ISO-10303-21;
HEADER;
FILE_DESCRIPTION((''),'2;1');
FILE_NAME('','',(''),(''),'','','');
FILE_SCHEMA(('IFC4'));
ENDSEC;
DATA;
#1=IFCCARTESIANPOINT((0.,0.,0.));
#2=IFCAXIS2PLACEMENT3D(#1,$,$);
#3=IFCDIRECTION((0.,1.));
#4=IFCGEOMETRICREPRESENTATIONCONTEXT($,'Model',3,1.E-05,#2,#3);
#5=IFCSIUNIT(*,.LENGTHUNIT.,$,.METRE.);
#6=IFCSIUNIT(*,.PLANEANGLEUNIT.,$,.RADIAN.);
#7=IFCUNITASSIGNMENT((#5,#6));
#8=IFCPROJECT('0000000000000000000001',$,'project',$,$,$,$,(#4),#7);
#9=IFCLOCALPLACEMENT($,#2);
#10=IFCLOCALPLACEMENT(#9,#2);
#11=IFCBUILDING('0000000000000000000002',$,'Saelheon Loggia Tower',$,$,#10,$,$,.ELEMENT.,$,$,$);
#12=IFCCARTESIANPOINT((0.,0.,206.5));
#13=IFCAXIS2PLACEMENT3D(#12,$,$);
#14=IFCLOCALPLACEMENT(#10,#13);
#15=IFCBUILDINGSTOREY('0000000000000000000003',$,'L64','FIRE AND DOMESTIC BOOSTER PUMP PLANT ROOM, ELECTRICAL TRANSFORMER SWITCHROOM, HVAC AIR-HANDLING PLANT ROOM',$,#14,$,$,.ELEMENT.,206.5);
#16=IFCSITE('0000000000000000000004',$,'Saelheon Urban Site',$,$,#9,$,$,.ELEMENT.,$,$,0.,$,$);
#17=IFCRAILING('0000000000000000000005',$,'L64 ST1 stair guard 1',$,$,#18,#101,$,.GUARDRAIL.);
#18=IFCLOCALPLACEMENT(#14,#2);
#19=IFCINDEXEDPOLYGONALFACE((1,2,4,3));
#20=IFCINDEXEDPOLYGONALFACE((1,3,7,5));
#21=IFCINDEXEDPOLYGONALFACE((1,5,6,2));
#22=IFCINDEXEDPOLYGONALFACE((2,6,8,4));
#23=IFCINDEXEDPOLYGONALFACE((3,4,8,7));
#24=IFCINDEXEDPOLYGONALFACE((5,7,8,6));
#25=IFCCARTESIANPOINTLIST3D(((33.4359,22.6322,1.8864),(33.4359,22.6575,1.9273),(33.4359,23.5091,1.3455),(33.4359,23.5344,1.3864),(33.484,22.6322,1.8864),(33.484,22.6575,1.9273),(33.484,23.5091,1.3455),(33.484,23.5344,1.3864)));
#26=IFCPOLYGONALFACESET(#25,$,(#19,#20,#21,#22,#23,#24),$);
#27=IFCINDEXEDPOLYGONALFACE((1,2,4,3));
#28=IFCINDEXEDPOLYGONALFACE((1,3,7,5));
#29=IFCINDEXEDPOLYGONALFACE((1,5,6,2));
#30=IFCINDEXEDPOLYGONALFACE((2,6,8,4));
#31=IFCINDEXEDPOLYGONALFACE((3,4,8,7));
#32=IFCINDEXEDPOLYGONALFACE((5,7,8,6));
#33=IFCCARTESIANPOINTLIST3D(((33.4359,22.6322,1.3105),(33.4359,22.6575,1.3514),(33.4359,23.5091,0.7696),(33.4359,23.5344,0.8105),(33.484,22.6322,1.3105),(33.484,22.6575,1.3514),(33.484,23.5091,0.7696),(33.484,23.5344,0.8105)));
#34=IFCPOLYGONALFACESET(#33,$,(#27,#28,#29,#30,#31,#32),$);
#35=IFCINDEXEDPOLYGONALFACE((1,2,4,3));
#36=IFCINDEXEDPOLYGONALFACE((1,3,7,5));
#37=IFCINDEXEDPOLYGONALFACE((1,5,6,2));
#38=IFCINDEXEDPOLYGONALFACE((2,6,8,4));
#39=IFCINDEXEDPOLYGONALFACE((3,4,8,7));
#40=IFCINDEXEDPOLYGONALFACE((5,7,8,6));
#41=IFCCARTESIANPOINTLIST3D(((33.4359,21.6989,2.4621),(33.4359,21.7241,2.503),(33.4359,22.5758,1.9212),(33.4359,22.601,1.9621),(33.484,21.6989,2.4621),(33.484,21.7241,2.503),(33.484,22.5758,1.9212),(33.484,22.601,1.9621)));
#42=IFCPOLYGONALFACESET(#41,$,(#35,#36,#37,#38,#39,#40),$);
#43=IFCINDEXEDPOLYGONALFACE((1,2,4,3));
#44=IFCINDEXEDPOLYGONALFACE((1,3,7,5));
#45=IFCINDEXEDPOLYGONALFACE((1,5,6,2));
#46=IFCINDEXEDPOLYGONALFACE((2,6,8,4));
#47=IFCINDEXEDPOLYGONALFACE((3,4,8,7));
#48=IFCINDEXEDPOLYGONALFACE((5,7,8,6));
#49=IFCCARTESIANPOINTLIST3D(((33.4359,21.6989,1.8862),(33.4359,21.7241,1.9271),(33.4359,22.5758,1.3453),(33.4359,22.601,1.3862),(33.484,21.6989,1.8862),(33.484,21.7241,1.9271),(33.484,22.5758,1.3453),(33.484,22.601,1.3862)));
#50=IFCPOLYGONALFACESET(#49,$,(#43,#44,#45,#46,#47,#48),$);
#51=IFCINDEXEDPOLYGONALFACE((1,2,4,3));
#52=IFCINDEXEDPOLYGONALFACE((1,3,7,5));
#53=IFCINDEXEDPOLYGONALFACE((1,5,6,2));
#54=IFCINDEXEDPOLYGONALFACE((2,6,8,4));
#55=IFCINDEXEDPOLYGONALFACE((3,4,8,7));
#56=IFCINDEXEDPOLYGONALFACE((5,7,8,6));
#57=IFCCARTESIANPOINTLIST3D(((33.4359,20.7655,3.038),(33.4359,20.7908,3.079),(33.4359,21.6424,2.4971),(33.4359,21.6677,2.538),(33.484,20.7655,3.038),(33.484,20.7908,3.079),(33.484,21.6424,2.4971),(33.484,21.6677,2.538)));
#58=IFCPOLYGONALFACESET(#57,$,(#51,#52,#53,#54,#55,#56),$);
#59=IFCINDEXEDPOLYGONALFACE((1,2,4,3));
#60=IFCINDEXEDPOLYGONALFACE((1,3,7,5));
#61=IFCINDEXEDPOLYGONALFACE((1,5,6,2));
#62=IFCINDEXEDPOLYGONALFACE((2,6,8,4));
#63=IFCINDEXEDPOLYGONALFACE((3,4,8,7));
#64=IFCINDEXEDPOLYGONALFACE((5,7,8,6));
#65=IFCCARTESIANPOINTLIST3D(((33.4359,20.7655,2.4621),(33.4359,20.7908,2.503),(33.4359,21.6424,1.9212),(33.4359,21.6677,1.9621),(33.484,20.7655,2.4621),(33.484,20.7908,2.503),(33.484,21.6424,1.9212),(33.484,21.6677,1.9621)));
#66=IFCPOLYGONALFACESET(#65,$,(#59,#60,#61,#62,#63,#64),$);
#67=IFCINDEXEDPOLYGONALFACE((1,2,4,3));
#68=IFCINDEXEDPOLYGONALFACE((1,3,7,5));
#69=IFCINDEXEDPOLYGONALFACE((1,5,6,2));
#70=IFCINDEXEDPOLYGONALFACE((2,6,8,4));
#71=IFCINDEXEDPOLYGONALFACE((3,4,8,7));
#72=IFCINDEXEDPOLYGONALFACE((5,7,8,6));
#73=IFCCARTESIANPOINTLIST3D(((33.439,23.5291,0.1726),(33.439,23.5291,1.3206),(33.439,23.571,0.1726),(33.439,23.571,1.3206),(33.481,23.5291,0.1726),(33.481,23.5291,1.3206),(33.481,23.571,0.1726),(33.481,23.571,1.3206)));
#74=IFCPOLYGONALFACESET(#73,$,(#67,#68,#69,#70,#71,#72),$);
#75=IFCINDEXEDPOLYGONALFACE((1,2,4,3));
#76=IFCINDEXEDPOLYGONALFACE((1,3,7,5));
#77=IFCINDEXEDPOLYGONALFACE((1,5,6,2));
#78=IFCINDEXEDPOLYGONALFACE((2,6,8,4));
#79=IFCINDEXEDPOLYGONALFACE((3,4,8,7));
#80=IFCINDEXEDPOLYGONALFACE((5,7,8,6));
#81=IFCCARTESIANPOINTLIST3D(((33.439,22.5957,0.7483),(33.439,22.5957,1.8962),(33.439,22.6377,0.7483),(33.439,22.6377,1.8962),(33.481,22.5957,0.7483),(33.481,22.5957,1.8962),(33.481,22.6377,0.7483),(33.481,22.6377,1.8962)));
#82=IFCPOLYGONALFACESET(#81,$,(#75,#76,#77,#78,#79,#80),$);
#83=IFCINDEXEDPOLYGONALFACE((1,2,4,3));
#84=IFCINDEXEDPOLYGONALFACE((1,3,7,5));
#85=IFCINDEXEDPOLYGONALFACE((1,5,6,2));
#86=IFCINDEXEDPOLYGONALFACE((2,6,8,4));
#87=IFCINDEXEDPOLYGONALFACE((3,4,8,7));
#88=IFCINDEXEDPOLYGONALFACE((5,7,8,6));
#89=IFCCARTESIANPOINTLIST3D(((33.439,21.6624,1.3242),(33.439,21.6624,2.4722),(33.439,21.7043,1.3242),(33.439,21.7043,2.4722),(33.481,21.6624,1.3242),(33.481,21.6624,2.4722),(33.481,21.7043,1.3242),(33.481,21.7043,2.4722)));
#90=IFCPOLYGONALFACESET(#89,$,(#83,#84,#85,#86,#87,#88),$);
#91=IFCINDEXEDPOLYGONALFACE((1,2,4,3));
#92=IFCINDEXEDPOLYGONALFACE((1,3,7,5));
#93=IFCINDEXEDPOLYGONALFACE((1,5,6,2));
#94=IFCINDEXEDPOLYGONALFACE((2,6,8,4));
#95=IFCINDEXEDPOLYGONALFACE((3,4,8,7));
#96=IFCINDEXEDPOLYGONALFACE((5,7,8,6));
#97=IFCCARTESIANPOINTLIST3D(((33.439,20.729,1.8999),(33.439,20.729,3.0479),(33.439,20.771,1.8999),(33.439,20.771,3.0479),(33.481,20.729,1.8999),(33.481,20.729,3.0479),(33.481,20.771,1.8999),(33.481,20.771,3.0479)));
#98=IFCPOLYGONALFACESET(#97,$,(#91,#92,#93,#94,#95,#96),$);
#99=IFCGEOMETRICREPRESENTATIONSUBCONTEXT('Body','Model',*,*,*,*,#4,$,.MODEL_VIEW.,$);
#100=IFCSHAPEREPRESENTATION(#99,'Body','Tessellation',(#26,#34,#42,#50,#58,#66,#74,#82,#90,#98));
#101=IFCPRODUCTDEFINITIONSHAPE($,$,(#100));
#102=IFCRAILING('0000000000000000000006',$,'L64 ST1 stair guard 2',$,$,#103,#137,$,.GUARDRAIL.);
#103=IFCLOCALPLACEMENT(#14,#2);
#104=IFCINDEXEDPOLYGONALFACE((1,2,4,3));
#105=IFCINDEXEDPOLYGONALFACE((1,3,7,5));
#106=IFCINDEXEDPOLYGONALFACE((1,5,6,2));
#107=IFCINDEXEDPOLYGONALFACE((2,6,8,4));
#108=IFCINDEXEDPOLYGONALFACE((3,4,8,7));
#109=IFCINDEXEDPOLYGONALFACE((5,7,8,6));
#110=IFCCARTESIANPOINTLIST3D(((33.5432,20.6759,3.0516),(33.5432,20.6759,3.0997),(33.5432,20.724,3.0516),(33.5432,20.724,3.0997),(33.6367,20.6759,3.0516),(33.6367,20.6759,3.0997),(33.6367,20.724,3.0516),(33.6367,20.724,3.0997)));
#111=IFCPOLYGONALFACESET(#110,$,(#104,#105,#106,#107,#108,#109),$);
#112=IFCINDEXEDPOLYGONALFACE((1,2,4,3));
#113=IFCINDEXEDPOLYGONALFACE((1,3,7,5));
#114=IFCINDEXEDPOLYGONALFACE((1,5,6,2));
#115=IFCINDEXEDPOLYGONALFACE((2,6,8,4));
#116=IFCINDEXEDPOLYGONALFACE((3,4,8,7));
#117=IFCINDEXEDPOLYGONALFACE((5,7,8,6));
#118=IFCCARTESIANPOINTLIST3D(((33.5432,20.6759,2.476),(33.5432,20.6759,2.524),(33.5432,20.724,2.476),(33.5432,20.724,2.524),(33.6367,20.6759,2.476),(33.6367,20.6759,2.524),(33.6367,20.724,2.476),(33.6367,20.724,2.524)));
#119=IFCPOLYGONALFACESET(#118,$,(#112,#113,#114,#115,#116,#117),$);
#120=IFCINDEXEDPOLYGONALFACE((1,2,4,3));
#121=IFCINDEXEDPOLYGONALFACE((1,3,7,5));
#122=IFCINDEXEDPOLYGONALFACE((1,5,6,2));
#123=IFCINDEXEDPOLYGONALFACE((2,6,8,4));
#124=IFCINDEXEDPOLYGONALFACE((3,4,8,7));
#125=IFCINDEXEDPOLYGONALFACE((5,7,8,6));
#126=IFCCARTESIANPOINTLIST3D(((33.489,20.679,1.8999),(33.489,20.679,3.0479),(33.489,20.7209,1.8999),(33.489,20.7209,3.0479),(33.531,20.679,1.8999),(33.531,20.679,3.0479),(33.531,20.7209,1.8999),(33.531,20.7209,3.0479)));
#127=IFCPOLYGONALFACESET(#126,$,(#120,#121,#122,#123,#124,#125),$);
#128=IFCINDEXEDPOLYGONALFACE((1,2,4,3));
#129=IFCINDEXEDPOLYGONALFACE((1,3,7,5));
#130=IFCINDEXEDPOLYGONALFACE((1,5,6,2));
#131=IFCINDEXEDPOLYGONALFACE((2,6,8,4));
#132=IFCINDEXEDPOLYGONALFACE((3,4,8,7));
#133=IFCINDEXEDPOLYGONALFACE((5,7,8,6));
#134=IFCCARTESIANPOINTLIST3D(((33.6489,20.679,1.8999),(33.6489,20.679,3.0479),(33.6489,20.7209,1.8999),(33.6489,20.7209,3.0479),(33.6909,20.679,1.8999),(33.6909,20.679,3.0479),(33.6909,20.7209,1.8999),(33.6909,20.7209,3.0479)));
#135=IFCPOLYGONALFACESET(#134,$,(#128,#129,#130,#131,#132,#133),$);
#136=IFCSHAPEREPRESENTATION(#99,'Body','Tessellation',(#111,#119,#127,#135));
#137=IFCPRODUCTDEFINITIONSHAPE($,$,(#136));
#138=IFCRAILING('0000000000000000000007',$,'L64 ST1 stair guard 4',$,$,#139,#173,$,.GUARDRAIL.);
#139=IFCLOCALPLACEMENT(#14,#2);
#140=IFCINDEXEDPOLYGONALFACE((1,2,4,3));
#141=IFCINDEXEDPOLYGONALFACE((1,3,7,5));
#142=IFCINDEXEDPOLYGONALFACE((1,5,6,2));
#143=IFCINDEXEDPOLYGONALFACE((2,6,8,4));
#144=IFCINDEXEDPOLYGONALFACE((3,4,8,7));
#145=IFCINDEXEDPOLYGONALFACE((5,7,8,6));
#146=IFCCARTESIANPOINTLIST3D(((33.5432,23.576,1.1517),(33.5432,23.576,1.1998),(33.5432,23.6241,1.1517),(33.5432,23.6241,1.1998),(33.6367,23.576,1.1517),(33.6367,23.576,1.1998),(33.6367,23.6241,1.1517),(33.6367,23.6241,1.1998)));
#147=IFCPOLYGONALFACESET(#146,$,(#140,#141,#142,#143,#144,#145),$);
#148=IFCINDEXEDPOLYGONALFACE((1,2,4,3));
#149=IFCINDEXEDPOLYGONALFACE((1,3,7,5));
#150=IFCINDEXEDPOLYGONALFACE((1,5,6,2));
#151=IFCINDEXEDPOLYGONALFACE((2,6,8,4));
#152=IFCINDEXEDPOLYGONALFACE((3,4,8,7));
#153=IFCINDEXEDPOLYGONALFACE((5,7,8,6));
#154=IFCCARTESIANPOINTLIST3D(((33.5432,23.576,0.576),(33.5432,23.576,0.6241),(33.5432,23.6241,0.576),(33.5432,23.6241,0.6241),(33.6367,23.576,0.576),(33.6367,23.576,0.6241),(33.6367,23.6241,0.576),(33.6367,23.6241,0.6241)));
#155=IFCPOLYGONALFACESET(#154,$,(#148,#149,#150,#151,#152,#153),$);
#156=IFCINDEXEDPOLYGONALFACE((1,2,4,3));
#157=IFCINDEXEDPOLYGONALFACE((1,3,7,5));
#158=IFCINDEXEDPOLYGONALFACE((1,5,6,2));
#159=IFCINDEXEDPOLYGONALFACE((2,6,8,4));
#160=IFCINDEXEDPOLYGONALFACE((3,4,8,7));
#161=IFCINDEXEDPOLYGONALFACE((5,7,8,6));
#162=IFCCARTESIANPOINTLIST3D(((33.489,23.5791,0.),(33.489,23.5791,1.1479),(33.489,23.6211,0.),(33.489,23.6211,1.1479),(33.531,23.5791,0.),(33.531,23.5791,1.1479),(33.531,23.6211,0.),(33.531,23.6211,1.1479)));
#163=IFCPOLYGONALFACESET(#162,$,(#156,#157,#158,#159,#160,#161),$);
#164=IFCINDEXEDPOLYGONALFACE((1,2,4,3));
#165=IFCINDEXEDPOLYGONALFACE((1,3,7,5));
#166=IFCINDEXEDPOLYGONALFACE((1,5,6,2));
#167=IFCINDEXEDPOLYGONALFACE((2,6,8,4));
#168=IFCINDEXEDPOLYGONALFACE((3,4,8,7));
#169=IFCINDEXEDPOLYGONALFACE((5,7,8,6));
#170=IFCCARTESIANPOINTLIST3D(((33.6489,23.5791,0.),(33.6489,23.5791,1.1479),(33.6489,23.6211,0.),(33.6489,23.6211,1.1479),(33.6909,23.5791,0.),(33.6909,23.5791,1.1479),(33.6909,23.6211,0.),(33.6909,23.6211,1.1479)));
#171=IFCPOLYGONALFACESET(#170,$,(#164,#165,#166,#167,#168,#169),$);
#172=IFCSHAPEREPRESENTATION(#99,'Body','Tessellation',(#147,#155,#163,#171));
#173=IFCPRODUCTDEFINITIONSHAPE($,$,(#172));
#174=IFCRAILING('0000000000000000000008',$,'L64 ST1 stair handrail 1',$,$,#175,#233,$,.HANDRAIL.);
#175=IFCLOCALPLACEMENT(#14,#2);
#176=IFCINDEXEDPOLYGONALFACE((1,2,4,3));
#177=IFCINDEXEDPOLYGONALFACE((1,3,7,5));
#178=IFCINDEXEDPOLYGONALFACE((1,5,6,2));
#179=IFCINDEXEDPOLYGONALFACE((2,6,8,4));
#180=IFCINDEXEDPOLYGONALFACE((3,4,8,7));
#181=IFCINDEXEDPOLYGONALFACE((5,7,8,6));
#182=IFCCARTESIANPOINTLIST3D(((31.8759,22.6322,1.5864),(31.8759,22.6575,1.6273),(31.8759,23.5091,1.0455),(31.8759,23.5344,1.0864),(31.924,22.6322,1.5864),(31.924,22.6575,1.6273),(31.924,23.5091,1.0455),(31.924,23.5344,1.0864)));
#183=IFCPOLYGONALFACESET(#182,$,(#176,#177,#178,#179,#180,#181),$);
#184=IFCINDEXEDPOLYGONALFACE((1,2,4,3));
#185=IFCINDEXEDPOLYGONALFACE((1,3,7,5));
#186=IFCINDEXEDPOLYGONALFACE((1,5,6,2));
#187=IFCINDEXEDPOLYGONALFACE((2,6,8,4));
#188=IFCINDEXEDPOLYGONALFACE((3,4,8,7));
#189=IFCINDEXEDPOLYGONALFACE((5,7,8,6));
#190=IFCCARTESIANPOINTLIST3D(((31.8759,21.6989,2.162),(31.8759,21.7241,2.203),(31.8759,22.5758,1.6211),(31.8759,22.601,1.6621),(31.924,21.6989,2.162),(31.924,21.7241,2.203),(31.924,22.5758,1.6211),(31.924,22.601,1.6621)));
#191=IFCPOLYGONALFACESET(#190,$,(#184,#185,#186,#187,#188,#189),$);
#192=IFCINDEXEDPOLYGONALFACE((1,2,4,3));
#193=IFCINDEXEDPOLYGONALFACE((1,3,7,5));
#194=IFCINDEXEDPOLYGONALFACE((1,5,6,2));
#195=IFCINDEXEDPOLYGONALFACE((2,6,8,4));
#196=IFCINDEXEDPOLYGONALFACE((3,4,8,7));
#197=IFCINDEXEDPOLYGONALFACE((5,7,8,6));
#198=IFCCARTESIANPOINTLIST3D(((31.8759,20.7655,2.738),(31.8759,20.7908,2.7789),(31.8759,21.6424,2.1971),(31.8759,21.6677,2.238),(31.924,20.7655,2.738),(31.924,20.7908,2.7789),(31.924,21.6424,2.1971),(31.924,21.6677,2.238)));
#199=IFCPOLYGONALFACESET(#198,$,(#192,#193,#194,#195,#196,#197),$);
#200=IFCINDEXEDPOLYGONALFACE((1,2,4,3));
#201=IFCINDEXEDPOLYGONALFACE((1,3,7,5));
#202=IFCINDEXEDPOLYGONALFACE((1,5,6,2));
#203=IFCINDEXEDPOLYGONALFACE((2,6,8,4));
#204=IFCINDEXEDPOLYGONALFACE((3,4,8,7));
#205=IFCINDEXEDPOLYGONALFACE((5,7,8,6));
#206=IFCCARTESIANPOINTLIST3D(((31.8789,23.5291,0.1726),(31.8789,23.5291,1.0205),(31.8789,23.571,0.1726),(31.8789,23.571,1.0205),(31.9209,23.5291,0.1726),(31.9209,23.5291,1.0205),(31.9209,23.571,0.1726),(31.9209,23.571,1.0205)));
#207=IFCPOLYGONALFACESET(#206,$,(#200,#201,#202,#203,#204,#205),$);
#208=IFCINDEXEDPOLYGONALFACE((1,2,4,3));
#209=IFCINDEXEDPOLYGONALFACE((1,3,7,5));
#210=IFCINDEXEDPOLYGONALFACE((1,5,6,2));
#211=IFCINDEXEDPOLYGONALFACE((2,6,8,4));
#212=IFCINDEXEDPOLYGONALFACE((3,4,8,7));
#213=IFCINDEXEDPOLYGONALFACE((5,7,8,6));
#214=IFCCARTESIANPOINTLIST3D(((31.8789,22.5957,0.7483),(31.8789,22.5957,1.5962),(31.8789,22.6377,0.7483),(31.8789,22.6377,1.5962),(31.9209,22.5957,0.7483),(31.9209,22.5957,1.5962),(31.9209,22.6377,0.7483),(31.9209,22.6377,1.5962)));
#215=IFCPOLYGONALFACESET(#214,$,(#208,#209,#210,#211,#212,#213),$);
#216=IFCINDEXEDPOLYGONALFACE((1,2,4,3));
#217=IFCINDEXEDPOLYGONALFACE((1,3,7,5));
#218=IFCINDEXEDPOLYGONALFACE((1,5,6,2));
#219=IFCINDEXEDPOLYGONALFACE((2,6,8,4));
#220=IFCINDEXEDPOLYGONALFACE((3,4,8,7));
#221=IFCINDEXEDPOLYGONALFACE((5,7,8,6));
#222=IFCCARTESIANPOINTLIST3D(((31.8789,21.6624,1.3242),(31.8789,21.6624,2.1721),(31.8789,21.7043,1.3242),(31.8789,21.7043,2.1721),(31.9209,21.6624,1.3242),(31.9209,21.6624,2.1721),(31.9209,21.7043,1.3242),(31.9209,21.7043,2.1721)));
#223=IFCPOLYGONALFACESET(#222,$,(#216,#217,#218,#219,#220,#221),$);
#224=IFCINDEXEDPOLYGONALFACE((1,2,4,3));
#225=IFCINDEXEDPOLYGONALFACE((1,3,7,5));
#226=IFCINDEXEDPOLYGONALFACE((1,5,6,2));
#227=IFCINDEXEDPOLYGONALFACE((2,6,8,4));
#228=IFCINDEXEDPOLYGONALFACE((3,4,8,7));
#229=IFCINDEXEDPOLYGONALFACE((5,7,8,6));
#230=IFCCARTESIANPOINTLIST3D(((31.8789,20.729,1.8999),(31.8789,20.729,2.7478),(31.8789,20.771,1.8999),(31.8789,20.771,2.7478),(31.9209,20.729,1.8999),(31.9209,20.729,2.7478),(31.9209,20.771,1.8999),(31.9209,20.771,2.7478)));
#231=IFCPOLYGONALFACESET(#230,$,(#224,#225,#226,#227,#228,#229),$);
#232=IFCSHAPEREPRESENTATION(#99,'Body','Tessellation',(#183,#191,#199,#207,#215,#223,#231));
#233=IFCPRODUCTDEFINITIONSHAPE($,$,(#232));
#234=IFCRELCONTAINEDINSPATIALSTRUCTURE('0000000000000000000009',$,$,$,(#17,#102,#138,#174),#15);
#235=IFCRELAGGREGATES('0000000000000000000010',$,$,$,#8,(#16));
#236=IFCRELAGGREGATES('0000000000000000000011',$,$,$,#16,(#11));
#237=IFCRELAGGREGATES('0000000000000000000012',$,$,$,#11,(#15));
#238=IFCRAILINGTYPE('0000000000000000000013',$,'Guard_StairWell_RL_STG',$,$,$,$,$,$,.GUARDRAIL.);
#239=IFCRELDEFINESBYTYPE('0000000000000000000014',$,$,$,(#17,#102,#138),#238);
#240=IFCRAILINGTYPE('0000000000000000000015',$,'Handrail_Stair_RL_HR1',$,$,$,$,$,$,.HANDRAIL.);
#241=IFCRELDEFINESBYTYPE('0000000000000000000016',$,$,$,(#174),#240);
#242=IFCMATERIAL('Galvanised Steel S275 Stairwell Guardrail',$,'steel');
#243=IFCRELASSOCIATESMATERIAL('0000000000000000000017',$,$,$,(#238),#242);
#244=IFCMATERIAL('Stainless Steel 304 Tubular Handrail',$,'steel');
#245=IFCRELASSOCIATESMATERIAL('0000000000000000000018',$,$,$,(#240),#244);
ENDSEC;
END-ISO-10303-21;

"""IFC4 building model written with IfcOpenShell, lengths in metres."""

from ifc_helpers import new_model, si_unit, direction, frame, origin, origin_2d, place, context, subcontext, project, spatial, rectangle, extrude, material, type_object, element, save


model = new_model("IFC4")

# Units and contexts
model_context = context("Model", 3, precision=1e-05, world=origin(), true_north=direction((0.0, 1.0)))
body_context = subcontext(model_context, "Body", "Model", "MODEL_VIEW")
ifc_project = project(units=[si_unit("LENGTHUNIT", "METRE"), si_unit("PLANEANGLEUNIT", "RADIAN")], contexts=[model_context])

# Site, building, storey
site_placement = place(None, origin())
site = spatial("IfcSite", under=ifc_project, at=site_placement, Name="Saelheon Urban Site", CompositionType="ELEMENT", RefElevation=0.0)
building_placement = place(site_placement, origin())
building = spatial("IfcBuilding", under=site, at=building_placement, Name="Saelheon Loggia Tower", CompositionType="ELEMENT")
storey_placement = place(building_placement, frame((0.0, 0.0, 206.5)))
storey = spatial("IfcBuildingStorey", under=building, at=storey_placement, Name="L64", Description="FIRE AND DOMESTIC BOOSTER PUMP PLANT ROOM, ELECTRICAL TRANSFORMER SWITCHROOM, HVAC AIR-HANDLING PLANT ROOM", CompositionType="ELEMENT", Elevation=206.5)

# Railings
ifc_material_1 = material(Name="Galvanised Steel S275 Stairwell Guardrail", Category="steel")
railing_type_1 = type_object("IfcRailingType", Name="Guard_StairWell_RL_STG", PredefinedType="GUARDRAIL", material=ifc_material_1)
railing_1_placement = place(storey_placement, frame((33.46, 23.55, 0.1726)))
element("IfcRailing", 1, at=railing_1_placement, inside=storey, type_object=railing_type_1, Name="L64 ST1 stair guard 1", PredefinedType="GUARDRAIL", context=body_context, shape_type="SweptSolid", body=[
    extrude(rectangle(XDim=0.0481, YDim=0.0481, at=origin_2d()), frame((0.0, -0.0283, 1.1934), z_axis=(0.0, -0.85109, 0.52502), x_axis=(1.0, 0.0, 0.0)), (0.0, 0.0, 1.0), 1.0303),
    extrude(rectangle(XDim=0.0481, YDim=0.0481, at=origin_2d()), frame((0.0, -0.0283, 0.6174), z_axis=(0.0, -0.85109, 0.52502), x_axis=(1.0, 0.0, 0.0)), (0.0, 0.0, 1.0), 1.0303),
    extrude(rectangle(XDim=0.0481, YDim=0.0481, at=origin_2d()), frame((0.0, -0.9617, 1.769), z_axis=(0.0, -0.85109, 0.52502), x_axis=(1.0, 0.0, 0.0)), (0.0, 0.0, 1.0), 1.0303),
    extrude(rectangle(XDim=0.0481, YDim=0.0481, at=origin_2d()), frame((0.0, -0.9617, 1.1931), z_axis=(0.0, -0.85109, 0.52502), x_axis=(1.0, 0.0, 0.0)), (0.0, 0.0, 1.0), 1.0303),
    extrude(rectangle(XDim=0.0481, YDim=0.0481, at=origin_2d()), frame((0.0, -1.895, 2.345), z_axis=(0.0, -0.85109, 0.52502), x_axis=(1.0, 0.0, 0.0)), (0.0, 0.0, 1.0), 1.0303),
    extrude(rectangle(XDim=0.0481, YDim=0.0481, at=origin_2d()), frame((0.0, -1.895, 1.769), z_axis=(0.0, -0.85109, 0.52502), x_axis=(1.0, 0.0, 0.0)), (0.0, 0.0, 1.0), 1.0303),
    extrude(rectangle(XDim=0.042, YDim=0.042, at=origin_2d()), origin(), (0.0, 0.0, 1.0), 1.1479),
    extrude(rectangle(XDim=0.042, YDim=0.042, at=origin_2d()), frame((0.0, -0.9333, 0.5757)), (0.0, 0.0, 1.0), 1.1479),
    extrude(rectangle(XDim=0.042, YDim=0.042, at=origin_2d()), frame((0.0, -1.8667, 1.1516)), (0.0, 0.0, 1.0), 1.1479),
    extrude(rectangle(XDim=0.042, YDim=0.042, at=origin_2d()), frame((0.0, -2.8, 1.7273)), (0.0, 0.0, 1.0), 1.1479),
])
for number, where, name in (
    (2, (33.51, 20.7, 1.8999), "L64 ST1 stair guard 2"),
    (3, (33.51, 23.6001, 0.0), "L64 ST1 stair guard 4"),
):
    element("IfcRailing", number, at=place(storey_placement, frame(where)), inside=storey, type_object=railing_type_1, Name=name, PredefinedType="GUARDRAIL", context=body_context, shape_type="SweptSolid", body=[
        extrude(rectangle(XDim=0.0481, YDim=0.0481, at=origin_2d()), frame((0.0332, 0.0, 1.1758), z_axis=(1.0, 0.0, 0.0), x_axis=(0.0, 1.0, 0.0)), (0.0, 0.0, 1.0), 0.0935),
        extrude(rectangle(XDim=0.0481, YDim=0.0481, at=origin_2d()), frame((0.0332, 0.0, 0.6001), z_axis=(1.0, 0.0, 0.0), x_axis=(0.0, 1.0, 0.0)), (0.0, 0.0, 1.0), 0.0935),
        extrude(rectangle(XDim=0.042, YDim=0.042, at=origin_2d()), origin(), (0.0, 0.0, 1.0), 1.1479),
        extrude(rectangle(XDim=0.042, YDim=0.042, at=origin_2d()), frame((0.1599, 0.0, 0.0)), (0.0, 0.0, 1.0), 1.1479),
    ])
ifc_material_2 = material(Name="Stainless Steel 304 Tubular Handrail", Category="steel")
railing_type_2 = type_object("IfcRailingType", Name="Handrail_Stair_RL_HR1", PredefinedType="HANDRAIL", material=ifc_material_2)
railing_2_placement = place(storey_placement, frame((31.8999, 23.55, 0.1726)))
element("IfcRailing", 4, at=railing_2_placement, inside=storey, type_object=railing_type_2, Name="L64 ST1 stair handrail 1", PredefinedType="HANDRAIL", context=body_context, shape_type="SweptSolid", body=[
    extrude(rectangle(XDim=0.0481, YDim=0.0481, at=origin_2d()), frame((0.0, -0.0283, 0.8933), z_axis=(0.0, -0.85109, 0.52502), x_axis=(1.0, 0.0, 0.0)), (0.0, 0.0, 1.0), 1.0303),
    extrude(rectangle(XDim=0.0481, YDim=0.0481, at=origin_2d()), frame((0.0, -0.9617, 1.469), z_axis=(0.0, -0.85109, 0.52502), x_axis=(1.0, 0.0, 0.0)), (0.0, 0.0, 1.0), 1.0303),
    extrude(rectangle(XDim=0.0481, YDim=0.0481, at=origin_2d()), frame((0.0, -1.895, 2.0449), z_axis=(0.0, -0.85109, 0.52502), x_axis=(1.0, 0.0, 0.0)), (0.0, 0.0, 1.0), 1.0303),
    extrude(rectangle(XDim=0.042, YDim=0.042, at=origin_2d()), origin(), (0.0, 0.0, 1.0), 0.8479),
    extrude(rectangle(XDim=0.042, YDim=0.042, at=origin_2d()), frame((0.0, -0.9333, 0.5757)), (0.0, 0.0, 1.0), 0.8479),
    extrude(rectangle(XDim=0.042, YDim=0.042, at=origin_2d()), frame((0.0, -1.8667, 1.1516)), (0.0, 0.0, 1.0), 0.8479),
    extrude(rectangle(XDim=0.042, YDim=0.042, at=origin_2d()), frame((0.0, -2.8, 1.7273)), (0.0, 0.0, 1.0), 0.8479),
])

save(model, "model.ifc")
